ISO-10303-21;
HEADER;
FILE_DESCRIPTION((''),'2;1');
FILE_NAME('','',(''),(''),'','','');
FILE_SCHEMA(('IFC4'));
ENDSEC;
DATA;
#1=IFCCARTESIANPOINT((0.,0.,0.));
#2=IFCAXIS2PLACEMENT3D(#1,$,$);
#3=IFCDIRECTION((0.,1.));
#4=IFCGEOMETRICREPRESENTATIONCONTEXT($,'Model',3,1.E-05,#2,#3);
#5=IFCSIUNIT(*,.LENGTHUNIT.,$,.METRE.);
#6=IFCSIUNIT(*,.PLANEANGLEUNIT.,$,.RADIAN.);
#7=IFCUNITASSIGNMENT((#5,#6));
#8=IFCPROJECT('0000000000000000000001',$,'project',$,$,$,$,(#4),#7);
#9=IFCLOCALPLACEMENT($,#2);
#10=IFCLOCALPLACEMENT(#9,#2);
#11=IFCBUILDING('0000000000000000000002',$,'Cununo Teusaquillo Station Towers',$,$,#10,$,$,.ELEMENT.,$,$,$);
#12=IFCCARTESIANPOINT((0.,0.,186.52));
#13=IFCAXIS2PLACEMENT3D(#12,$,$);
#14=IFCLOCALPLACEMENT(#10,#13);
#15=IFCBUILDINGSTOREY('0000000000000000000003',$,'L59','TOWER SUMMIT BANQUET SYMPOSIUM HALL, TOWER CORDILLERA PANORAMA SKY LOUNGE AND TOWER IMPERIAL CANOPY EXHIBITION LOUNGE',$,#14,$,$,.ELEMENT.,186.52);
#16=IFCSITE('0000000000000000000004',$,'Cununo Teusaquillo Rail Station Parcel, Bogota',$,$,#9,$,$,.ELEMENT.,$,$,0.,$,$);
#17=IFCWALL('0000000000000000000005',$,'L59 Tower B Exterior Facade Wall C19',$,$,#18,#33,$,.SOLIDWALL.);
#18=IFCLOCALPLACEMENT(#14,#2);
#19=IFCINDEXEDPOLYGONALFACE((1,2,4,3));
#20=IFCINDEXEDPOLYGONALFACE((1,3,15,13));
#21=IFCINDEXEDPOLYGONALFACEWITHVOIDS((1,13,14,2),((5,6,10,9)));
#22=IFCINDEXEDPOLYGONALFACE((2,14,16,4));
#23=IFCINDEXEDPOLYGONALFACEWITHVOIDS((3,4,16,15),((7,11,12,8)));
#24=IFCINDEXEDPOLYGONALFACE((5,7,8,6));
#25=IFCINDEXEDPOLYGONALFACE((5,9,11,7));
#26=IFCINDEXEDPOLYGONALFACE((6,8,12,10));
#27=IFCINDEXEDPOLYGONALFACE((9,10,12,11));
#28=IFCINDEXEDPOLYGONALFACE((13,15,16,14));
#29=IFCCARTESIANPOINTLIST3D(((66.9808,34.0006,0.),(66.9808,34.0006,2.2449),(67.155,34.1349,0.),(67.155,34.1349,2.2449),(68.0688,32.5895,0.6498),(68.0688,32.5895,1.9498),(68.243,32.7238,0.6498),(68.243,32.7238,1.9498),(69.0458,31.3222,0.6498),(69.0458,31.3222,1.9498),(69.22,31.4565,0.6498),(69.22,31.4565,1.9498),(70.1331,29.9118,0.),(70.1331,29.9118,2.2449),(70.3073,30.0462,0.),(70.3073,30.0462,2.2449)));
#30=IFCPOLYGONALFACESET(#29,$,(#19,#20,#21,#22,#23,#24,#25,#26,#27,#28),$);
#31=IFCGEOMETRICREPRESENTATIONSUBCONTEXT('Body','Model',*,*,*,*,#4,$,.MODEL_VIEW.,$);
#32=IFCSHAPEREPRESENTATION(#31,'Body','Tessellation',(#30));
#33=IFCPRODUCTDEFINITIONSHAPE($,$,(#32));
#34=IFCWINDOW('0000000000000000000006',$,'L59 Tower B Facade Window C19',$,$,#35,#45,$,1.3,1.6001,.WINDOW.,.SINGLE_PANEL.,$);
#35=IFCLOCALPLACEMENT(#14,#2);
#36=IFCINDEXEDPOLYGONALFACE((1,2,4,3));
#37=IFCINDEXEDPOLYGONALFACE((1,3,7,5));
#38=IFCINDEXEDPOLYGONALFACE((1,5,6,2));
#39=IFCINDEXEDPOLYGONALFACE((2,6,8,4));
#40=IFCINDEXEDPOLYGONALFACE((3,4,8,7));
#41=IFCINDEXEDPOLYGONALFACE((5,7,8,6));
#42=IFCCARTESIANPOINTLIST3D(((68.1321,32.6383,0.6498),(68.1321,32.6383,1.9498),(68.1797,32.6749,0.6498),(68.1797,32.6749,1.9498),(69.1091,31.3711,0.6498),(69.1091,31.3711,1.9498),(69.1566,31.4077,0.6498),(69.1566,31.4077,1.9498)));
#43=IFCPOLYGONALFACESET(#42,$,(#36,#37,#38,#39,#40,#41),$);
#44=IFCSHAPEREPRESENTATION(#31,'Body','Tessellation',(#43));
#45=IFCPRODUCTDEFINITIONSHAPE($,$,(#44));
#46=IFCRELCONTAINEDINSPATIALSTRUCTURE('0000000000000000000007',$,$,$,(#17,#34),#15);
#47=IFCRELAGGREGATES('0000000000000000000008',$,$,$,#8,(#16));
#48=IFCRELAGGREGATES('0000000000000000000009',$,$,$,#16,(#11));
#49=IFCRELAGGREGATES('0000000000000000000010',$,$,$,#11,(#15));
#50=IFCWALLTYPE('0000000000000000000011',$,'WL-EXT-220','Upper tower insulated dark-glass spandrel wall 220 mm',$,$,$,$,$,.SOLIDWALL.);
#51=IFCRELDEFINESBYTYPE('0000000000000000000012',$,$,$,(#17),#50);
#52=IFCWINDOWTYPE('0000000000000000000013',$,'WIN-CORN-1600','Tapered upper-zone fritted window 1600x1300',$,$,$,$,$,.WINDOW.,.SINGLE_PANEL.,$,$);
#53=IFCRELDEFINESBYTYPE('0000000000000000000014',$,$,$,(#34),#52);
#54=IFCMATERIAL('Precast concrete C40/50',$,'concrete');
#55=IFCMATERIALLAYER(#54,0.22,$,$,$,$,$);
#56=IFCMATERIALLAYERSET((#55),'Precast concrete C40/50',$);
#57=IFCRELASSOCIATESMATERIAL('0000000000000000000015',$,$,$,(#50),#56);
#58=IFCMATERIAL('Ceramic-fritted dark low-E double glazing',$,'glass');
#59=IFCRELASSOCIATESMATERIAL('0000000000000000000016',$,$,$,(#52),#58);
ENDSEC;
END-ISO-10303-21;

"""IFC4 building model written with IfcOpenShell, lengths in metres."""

from ifc_helpers import new_model, si_unit, direction, frame, frame_2d, origin, place, context, subcontext, project, spatial, rectangle, extrude, source, transform, mapped, material, layer, layer_set, type_object, element, fill, save


model = new_model("IFC4")

# Units and contexts
model_context = context("Model", 3, precision=1e-05, world=origin(), true_north=direction((0.0, 1.0)))
body_context = subcontext(model_context, "Body", "Model", "MODEL_VIEW")
ifc_project = project(units=[si_unit("LENGTHUNIT", "METRE"), si_unit("PLANEANGLEUNIT", "RADIAN")], contexts=[model_context])

# Site, building, storey
site_placement = place(None, origin())
site = spatial("IfcSite", under=ifc_project, at=site_placement, Name="Cununo Teusaquillo Rail Station Parcel, Bogota", CompositionType="ELEMENT", RefElevation=0.0)
building_placement = place(site_placement, origin())
building = spatial("IfcBuilding", under=site, at=building_placement, Name="Cununo Teusaquillo Station Towers", CompositionType="ELEMENT")
storey_placement = place(building_placement, frame((0.0, 0.0, 186.52)))
storey = spatial("IfcBuildingStorey", under=building, at=storey_placement, Name="L59", Description="TOWER SUMMIT BANQUET SYMPOSIUM HALL, TOWER CORDILLERA PANORAMA SKY LOUNGE AND TOWER IMPERIAL CANOPY EXHIBITION LOUNGE", CompositionType="ELEMENT", Elevation=186.52)

# Shared definitions
ifc_material_1 = material(Name="Precast concrete C40/50", Category="concrete")
ifc_layer_1 = layer(ifc_material_1, 0.22)
ifc_layer_set_1 = layer_set([ifc_layer_1], Name="Precast concrete C40/50")
wall_type = type_object("IfcWallType", Name="WL-EXT-220", Description="Upper tower insulated dark-glass spandrel wall 220 mm", PredefinedType="SOLIDWALL", material=ifc_layer_set_1)

# Wall, opening, window
wall_1_placement = place(storey_placement, frame((67.0679, 34.0679, 0.0), z_axis=(0.0, 0.0, 1.0), x_axis=(0.61057, -0.791963, 0.0)))
wall_1 = element("IfcWall", 1, at=wall_1_placement, inside=storey, type_object=wall_type, Name="L59 Tower B Exterior Facade Wall C19", PredefinedType="SOLIDWALL", context=body_context, shape_type="SweptSolid", body=[
    extrude(rectangle(XDim=5.1628, YDim=0.22, at=frame_2d((2.5815, 0.0))), origin(), (0.0, 0.0, 1.0), 2.2449),
])
shared_shape_1 = source(origin(), body_context, "Body", "SweptSolid", [
    extrude(rectangle(XDim=1.6001, YDim=1.3, at=frame_2d((0.8, 0.6499))), frame((0.0, 0.1199, 0.0), z_axis=(0.0, -1.0, 0.0), x_axis=(1.0, 0.0, 0.0)), (0.0, 0.0, 1.0), 0.24),
])
opening_placement = place(wall_1_placement, frame((1.782, 0.0, 0.6499)))
opening = element("IfcOpeningElement", 2, at=opening_placement, cuts=wall_1, PredefinedType="OPENING", context=body_context, shape_type="MappedRepresentation", body=[
    mapped(shared_shape_1, transform((0.0, 0.0, 0.0), x_axis=(1.0, 0.0, 0.0), y_axis=(0.0, 1.0, 0.0), z_axis=(0.0, 0.0, 1.0), scale=1.0)),
])
ifc_material_2 = material(Name="Ceramic-fritted dark low-E double glazing", Category="glass")
window_type = type_object("IfcWindowType", Name="WIN-CORN-1600", Description="Tapered upper-zone fritted window 1600x1300", PartitioningType="SINGLE_PANEL", PredefinedType="WINDOW", material=ifc_material_2)
shared_shape_2 = source(origin(), body_context, "Body", "SweptSolid", [
    extrude(rectangle(XDim=1.6001, YDim=1.3, at=frame_2d((0.8, 0.6499))), frame((0.0, 0.03, 0.0), z_axis=(0.0, -1.0, 0.0), x_axis=(1.0, 0.0, 0.0)), (0.0, 0.0, 1.0), 0.0601),
])
window_placement = place(opening_placement, origin())
window = element("IfcWindow", 3, at=window_placement, inside=storey, type_object=window_type, Name="L59 Tower B Facade Window C19", OverallHeight=1.3, OverallWidth=1.6001, PartitioningType="SINGLE_PANEL", PredefinedType="WINDOW", context=body_context, shape_type="MappedRepresentation", body=[
    mapped(shared_shape_2, transform((0.0, 0.0, 0.0), x_axis=(1.0, 0.0, 0.0), y_axis=(0.0, 1.0, 0.0), z_axis=(0.0, 0.0, 1.0), scale=1.0)),
])
fill(opening, window)

save(model, "model.ifc")
